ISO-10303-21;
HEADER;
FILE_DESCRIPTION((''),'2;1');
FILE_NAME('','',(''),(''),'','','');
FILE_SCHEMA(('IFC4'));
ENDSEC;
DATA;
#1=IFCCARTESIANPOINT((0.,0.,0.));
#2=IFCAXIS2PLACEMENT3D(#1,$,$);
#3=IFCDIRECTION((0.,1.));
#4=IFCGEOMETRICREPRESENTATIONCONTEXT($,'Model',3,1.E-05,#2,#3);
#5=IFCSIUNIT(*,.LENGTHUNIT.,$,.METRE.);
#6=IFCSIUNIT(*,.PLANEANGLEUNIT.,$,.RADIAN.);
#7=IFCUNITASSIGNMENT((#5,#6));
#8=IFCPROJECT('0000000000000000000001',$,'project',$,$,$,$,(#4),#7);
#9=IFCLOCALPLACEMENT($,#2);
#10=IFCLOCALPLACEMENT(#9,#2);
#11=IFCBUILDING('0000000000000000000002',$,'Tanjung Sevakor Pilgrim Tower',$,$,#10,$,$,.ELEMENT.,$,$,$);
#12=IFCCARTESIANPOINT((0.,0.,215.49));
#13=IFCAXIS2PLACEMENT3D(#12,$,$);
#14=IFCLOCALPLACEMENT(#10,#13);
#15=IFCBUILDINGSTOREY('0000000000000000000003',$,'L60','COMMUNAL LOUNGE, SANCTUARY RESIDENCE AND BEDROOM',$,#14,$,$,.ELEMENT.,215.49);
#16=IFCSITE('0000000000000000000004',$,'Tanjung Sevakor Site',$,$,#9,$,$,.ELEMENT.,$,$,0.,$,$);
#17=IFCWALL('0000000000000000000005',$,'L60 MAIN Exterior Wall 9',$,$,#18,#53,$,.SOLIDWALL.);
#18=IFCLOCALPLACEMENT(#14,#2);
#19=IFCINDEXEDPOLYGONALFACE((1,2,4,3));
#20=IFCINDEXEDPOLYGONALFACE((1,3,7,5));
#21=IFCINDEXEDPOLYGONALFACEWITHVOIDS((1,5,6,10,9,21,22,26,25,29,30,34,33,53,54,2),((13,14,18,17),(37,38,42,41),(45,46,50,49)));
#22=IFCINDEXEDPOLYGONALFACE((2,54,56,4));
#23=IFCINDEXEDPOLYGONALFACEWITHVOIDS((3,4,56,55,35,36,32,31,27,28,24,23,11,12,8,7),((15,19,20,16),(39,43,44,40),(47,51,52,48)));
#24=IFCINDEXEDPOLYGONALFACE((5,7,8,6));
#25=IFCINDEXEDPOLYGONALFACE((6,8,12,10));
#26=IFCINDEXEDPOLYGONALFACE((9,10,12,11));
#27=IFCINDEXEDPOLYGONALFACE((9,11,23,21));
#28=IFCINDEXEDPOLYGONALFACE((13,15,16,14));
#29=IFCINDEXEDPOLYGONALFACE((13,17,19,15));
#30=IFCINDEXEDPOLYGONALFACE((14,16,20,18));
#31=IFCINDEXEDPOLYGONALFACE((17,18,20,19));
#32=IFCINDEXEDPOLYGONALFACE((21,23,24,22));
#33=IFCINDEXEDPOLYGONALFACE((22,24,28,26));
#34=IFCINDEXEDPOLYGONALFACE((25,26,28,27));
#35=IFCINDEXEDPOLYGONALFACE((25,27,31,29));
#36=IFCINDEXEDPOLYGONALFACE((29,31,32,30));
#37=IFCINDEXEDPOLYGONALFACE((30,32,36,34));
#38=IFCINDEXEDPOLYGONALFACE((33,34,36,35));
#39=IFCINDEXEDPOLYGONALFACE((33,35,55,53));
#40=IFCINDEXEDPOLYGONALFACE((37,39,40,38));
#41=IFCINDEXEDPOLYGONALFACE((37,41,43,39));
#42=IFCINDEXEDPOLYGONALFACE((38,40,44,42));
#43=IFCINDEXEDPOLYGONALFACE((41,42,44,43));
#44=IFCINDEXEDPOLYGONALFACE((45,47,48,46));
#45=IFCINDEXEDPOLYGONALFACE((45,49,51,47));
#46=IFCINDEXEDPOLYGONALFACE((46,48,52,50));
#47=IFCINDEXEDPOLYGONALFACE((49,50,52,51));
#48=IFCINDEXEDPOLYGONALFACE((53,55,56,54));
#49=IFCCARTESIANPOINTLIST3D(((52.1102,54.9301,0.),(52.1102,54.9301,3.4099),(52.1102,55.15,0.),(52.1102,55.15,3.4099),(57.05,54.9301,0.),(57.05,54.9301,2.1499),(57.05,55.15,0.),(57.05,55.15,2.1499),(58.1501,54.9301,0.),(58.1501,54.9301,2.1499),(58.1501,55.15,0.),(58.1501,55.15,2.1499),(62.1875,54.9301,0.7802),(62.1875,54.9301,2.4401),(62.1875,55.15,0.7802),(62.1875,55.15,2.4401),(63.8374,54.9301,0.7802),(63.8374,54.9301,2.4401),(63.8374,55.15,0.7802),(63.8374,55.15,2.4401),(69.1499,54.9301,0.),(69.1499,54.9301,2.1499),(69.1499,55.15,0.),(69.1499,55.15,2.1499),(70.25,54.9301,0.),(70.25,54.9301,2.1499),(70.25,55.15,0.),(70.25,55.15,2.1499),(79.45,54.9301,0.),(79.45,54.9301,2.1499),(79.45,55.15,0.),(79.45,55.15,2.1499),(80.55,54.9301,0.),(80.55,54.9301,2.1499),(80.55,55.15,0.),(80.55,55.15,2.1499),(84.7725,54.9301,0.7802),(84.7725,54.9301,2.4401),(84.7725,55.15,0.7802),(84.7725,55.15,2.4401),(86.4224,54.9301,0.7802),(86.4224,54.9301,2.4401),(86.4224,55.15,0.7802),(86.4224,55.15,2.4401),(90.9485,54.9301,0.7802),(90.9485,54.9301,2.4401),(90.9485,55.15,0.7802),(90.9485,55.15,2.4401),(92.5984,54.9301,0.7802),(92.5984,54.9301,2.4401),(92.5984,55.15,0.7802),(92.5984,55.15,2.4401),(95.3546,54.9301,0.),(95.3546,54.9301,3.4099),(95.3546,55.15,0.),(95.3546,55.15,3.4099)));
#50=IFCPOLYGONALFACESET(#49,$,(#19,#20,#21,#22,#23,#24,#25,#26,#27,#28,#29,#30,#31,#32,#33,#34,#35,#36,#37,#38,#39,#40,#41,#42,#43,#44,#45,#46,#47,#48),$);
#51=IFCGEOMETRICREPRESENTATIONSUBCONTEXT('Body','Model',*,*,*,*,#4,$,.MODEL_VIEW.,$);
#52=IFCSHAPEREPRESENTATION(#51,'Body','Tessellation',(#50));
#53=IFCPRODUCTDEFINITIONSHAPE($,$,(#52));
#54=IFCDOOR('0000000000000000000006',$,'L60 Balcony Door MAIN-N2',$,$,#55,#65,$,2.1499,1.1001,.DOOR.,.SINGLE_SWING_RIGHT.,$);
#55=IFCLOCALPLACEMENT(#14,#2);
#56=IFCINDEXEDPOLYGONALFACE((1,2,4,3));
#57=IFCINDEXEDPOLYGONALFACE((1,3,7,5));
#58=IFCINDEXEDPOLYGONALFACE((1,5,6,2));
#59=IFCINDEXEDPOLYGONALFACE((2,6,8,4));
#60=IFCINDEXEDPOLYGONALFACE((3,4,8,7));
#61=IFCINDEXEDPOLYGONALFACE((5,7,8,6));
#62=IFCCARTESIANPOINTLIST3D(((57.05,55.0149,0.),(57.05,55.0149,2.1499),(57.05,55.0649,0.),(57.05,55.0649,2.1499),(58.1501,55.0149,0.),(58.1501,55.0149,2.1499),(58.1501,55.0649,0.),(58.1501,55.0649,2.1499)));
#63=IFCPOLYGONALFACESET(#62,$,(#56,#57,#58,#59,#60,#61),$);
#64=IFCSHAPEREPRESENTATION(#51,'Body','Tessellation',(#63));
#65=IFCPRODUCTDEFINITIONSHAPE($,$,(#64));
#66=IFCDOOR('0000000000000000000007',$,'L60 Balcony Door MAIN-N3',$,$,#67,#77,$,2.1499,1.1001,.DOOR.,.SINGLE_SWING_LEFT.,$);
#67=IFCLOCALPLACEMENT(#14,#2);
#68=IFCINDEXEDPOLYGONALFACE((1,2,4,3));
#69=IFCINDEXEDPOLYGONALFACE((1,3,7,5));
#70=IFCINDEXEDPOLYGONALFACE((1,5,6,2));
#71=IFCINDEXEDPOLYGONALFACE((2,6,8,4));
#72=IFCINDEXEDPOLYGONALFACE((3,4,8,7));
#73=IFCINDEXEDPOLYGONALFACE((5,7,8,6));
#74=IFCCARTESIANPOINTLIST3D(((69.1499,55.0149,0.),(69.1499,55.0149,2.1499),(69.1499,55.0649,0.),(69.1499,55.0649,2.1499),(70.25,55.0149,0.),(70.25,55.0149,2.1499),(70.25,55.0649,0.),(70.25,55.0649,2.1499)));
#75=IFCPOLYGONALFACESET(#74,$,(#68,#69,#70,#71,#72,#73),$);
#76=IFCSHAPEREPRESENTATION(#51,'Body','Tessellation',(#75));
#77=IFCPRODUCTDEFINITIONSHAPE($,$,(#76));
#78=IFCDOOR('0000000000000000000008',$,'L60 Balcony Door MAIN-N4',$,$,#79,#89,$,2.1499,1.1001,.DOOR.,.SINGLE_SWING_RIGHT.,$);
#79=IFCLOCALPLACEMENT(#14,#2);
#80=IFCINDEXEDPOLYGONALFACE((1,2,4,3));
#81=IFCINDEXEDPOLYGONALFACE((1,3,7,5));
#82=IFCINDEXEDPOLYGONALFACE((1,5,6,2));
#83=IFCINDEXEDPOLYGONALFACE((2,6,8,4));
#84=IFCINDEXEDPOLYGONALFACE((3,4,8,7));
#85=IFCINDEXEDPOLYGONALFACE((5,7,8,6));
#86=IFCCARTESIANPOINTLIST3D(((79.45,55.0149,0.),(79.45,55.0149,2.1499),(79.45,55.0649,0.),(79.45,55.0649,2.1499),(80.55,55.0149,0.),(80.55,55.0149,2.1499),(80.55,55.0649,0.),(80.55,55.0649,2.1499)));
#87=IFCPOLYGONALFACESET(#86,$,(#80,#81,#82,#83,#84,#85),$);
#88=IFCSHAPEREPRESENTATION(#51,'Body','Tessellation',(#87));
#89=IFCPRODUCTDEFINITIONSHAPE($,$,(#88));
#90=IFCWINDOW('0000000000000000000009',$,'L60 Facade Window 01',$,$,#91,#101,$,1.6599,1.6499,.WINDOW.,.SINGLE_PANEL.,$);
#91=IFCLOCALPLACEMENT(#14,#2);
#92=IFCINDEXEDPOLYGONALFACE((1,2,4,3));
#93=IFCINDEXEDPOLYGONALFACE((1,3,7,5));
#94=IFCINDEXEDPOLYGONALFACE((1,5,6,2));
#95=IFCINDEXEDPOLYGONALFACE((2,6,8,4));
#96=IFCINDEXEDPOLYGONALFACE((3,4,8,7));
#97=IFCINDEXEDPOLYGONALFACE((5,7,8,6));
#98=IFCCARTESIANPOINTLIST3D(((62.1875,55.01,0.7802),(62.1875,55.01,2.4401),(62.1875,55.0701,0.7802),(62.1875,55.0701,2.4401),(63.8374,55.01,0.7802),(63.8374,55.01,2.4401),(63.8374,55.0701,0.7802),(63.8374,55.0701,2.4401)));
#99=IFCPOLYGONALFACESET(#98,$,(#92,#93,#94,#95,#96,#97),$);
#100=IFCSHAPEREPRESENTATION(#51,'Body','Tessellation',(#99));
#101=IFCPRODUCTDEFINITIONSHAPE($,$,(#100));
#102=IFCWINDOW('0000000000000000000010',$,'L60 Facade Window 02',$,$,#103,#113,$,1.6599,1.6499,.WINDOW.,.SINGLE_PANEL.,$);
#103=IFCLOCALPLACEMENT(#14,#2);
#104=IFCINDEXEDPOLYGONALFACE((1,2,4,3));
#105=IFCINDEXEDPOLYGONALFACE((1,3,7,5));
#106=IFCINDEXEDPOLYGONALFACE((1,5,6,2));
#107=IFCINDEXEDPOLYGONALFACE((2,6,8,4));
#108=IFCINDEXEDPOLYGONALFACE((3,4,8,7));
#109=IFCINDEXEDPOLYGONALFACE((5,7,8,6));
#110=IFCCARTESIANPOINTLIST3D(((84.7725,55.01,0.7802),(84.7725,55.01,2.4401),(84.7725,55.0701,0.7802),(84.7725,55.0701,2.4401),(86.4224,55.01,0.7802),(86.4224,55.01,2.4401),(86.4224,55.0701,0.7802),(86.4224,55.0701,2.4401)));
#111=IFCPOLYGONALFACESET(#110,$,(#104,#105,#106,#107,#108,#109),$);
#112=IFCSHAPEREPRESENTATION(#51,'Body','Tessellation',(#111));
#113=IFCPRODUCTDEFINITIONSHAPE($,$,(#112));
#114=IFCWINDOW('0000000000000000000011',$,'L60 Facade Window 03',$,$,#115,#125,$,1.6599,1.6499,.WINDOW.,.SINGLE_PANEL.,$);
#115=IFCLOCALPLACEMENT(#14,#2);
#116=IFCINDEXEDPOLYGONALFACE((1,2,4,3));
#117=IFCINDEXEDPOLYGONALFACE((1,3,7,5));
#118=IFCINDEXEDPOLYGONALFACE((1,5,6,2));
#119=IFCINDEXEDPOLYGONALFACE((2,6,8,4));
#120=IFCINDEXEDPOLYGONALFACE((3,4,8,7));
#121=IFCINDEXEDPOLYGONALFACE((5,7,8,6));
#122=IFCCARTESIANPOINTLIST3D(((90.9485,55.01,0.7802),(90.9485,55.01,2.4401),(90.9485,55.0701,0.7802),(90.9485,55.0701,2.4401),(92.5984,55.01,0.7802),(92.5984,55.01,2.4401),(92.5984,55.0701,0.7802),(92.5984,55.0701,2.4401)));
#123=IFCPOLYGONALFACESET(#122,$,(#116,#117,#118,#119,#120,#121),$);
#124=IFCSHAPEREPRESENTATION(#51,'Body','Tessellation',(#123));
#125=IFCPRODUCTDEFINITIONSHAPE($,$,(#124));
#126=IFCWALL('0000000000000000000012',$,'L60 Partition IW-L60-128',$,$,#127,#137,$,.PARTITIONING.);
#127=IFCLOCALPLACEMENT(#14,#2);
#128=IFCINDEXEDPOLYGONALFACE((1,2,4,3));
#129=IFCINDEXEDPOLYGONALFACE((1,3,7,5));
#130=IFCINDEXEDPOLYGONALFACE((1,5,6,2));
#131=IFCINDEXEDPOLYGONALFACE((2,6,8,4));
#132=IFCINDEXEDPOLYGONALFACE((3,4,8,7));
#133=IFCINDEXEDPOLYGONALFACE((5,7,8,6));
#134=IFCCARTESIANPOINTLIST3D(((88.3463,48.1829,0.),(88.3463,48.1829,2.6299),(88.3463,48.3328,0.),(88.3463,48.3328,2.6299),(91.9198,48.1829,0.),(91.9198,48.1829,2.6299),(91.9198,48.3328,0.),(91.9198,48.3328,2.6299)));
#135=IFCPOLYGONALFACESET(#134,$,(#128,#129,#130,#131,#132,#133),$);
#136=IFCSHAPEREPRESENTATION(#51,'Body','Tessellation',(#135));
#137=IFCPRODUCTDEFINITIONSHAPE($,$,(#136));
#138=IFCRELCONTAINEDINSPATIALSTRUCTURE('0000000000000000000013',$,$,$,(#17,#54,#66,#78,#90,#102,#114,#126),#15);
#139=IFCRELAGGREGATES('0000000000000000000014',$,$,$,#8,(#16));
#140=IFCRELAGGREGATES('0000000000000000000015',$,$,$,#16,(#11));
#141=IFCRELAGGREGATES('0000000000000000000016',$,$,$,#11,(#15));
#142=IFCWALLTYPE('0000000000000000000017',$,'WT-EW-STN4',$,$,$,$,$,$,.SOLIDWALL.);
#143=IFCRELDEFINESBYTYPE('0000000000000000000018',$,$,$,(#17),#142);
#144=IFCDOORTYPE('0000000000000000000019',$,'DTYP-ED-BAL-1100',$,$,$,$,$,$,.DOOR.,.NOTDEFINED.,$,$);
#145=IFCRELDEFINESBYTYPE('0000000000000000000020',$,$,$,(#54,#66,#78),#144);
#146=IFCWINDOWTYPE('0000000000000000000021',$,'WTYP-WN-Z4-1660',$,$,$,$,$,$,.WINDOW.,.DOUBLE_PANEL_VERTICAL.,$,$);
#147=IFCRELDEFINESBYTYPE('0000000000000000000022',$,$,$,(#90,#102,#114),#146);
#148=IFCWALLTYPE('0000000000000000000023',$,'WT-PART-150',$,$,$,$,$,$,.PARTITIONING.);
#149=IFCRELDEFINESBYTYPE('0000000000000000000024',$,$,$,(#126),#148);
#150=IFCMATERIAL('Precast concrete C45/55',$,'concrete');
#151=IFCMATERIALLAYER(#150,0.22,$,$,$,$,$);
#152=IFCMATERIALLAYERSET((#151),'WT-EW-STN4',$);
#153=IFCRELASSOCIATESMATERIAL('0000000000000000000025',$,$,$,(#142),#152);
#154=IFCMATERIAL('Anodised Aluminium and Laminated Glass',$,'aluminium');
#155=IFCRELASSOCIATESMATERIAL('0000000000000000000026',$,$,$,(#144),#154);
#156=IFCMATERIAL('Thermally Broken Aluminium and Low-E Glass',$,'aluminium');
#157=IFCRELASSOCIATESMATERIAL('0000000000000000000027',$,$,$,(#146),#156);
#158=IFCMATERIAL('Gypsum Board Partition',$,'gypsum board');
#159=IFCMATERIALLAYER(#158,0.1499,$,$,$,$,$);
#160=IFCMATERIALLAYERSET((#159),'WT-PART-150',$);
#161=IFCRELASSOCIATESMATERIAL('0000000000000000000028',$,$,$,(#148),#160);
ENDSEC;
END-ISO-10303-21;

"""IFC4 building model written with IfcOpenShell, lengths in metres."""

from ifc_helpers import new_model, si_unit, direction, frame, frame_2d, origin, place, context, subcontext, project, spatial, rectangle, extrude, material, layer, layer_set, type_object, element, fill, save


model = new_model("IFC4")

# Units and contexts
model_context = context("Model", 3, precision=1e-05, world=origin(), true_north=direction((0.0, 1.0)))
body_context = subcontext(model_context, "Body", "Model", "MODEL_VIEW")
ifc_project = project(units=[si_unit("LENGTHUNIT", "METRE"), si_unit("PLANEANGLEUNIT", "RADIAN")], contexts=[model_context])

# Site, building, storey
site_placement = place(None, origin())
site = spatial("IfcSite", under=ifc_project, at=site_placement, Name="Tanjung Sevakor Site", CompositionType="ELEMENT", RefElevation=0.0)
building_placement = place(site_placement, origin())
building = spatial("IfcBuilding", under=site, at=building_placement, Name="Tanjung Sevakor Pilgrim Tower", CompositionType="ELEMENT")
storey_placement = place(building_placement, frame((0.0, 0.0, 215.49)))
storey = spatial("IfcBuildingStorey", under=building, at=storey_placement, Name="L60", Description="COMMUNAL LOUNGE, SANCTUARY RESIDENCE AND BEDROOM", CompositionType="ELEMENT", Elevation=215.49)

# Shared definitions
ifc_material_1 = material(Name="Precast concrete C45/55", Category="concrete")
ifc_layer_1 = layer(ifc_material_1, 0.22)
ifc_layer_set_1 = layer_set([ifc_layer_1], Name="WT-EW-STN4")
wall_type_1 = type_object("IfcWallType", Name="WT-EW-STN4", PredefinedType="SOLIDWALL", material=ifc_layer_set_1)

# Wall, openings, doors, windows
wall_1_placement = place(storey_placement, frame((95.3545, 55.04, 0.0), z_axis=(0.0, 0.0, 1.0), x_axis=(-1.0, 0.0, 0.0)))
wall_1 = element("IfcWall", 1, at=wall_1_placement, inside=storey, type_object=wall_type_1, Name="L60 MAIN Exterior Wall 9", PredefinedType="SOLIDWALL", context=body_context, shape_type="SweptSolid", body=[
    extrude(rectangle(XDim=43.2444, YDim=0.22, at=frame_2d((21.6221, 0.0))), origin(), (0.0, 0.0, 1.0), 3.4099),
])
opening_1_placement = place(wall_1_placement, frame((37.2043, 0.0, 0.0)))
opening_1 = element("IfcOpeningElement", 2, at=opening_1_placement, cuts=wall_1, PredefinedType="OPENING", context=body_context, shape_type="SweptSolid", body=[
    extrude(rectangle(XDim=1.1001, YDim=2.1499, at=frame_2d((0.55, 1.075))), frame((0.0, 0.1199, 0.0), z_axis=(0.0, -1.0, 0.0), x_axis=(1.0, 0.0, 0.0)), (0.0, 0.0, 1.0), 0.24),
])
opening_2_placement = place(wall_1_placement, frame((25.1045, 0.0, 0.0)))
opening_2 = element("IfcOpeningElement", 3, at=opening_2_placement, cuts=wall_1, PredefinedType="OPENING", context=body_context, shape_type="SweptSolid", body=[
    extrude(rectangle(XDim=1.1001, YDim=2.1499, at=frame_2d((0.55, 1.075))), frame((0.0, 0.1199, 0.0), z_axis=(0.0, -1.0, 0.0), x_axis=(1.0, 0.0, 0.0)), (0.0, 0.0, 1.0), 0.24),
])
opening_3_placement = place(wall_1_placement, frame((14.8044, 0.0, 0.0)))
opening_3 = element("IfcOpeningElement", 4, at=opening_3_placement, cuts=wall_1, PredefinedType="OPENING", context=body_context, shape_type="SweptSolid", body=[
    extrude(rectangle(XDim=1.1001, YDim=2.1499, at=frame_2d((0.55, 1.075))), frame((0.0, 0.1199, 0.0), z_axis=(0.0, -1.0, 0.0), x_axis=(1.0, 0.0, 0.0)), (0.0, 0.0, 1.0), 0.24),
])
opening_4_placement = place(wall_1_placement, frame((31.5171, 0.0, 0.78)))
opening_4 = element("IfcOpeningElement", 5, at=opening_4_placement, cuts=wall_1, PredefinedType="OPENING", context=body_context, shape_type="SweptSolid", body=[
    extrude(rectangle(XDim=1.6499, YDim=1.6599, at=frame_2d((0.825, 0.8301))), frame((0.0, 0.1199, 0.0), z_axis=(0.0, -1.0, 0.0), x_axis=(1.0, 0.0, 0.0)), (0.0, 0.0, 1.0), 0.24),
])
opening_5_placement = place(wall_1_placement, frame((8.9321, 0.0, 0.78)))
opening_5 = element("IfcOpeningElement", 6, at=opening_5_placement, cuts=wall_1, PredefinedType="OPENING", context=body_context, shape_type="SweptSolid", body=[
    extrude(rectangle(XDim=1.6499, YDim=1.6599, at=frame_2d((0.825, 0.8301))), frame((0.0, 0.1199, 0.0), z_axis=(0.0, -1.0, 0.0), x_axis=(1.0, 0.0, 0.0)), (0.0, 0.0, 1.0), 0.24),
])
opening_6_placement = place(wall_1_placement, frame((2.7561, 0.0, 0.78)))
opening_6 = element("IfcOpeningElement", 7, at=opening_6_placement, cuts=wall_1, PredefinedType="OPENING", context=body_context, shape_type="SweptSolid", body=[
    extrude(rectangle(XDim=1.6499, YDim=1.6599, at=frame_2d((0.825, 0.8301))), frame((0.0, 0.1199, 0.0), z_axis=(0.0, -1.0, 0.0), x_axis=(1.0, 0.0, 0.0)), (0.0, 0.0, 1.0), 0.24),
])
ifc_material_2 = material(Name="Anodised Aluminium and Laminated Glass", Category="aluminium")
door_type_1 = type_object("IfcDoorType", Name="DTYP-ED-BAL-1100", OperationType="NOTDEFINED", PredefinedType="DOOR", material=ifc_material_2)
door_1_placement = place(opening_1_placement, frame((1.1001, 0.0, 0.0), z_axis=(0.0, 0.0, 1.0), x_axis=(-1.0, 0.0, 0.0)))
door_1 = element("IfcDoor", 8, at=door_1_placement, inside=storey, type_object=door_type_1, Name="L60 Balcony Door MAIN-N2", OperationType="SINGLE_SWING_RIGHT", OverallHeight=2.1499, OverallWidth=1.1001, PredefinedType="DOOR", context=body_context, shape_type="SweptSolid", body=[
    extrude(rectangle(XDim=1.1001, YDim=2.1499, at=frame_2d((0.55, 1.075))), frame((0.0, 0.0249, 0.0), z_axis=(0.0, -1.0, 0.0), x_axis=(1.0, 0.0, 0.0)), (0.0, 0.0, 1.0), 0.05),
])
fill(opening_1, door_1)
door_2_placement = place(opening_2_placement, frame((1.1001, 0.0, 0.0), z_axis=(0.0, 0.0, 1.0), x_axis=(-1.0, 0.0, 0.0)))
door_2 = element("IfcDoor", 9, at=door_2_placement, inside=storey, type_object=door_type_1, Name="L60 Balcony Door MAIN-N3", OperationType="SINGLE_SWING_LEFT", OverallHeight=2.1499, OverallWidth=1.1001, PredefinedType="DOOR", context=body_context, shape_type="SweptSolid", body=[
    extrude(rectangle(XDim=1.1001, YDim=2.1499, at=frame_2d((0.55, 1.075))), frame((0.0, 0.0249, 0.0), z_axis=(0.0, -1.0, 0.0), x_axis=(1.0, 0.0, 0.0)), (0.0, 0.0, 1.0), 0.05),
])
fill(opening_2, door_2)
door_3_placement = place(opening_3_placement, frame((1.1001, 0.0, 0.0), z_axis=(0.0, 0.0, 1.0), x_axis=(-1.0, 0.0, 0.0)))
door_3 = element("IfcDoor", 10, at=door_3_placement, inside=storey, type_object=door_type_1, Name="L60 Balcony Door MAIN-N4", OperationType="SINGLE_SWING_RIGHT", OverallHeight=2.1499, OverallWidth=1.1001, PredefinedType="DOOR", context=body_context, shape_type="SweptSolid", body=[
    extrude(rectangle(XDim=1.1001, YDim=2.1499, at=frame_2d((0.55, 1.075))), frame((0.0, 0.0249, 0.0), z_axis=(0.0, -1.0, 0.0), x_axis=(1.0, 0.0, 0.0)), (0.0, 0.0, 1.0), 0.05),
])
fill(opening_3, door_3)
ifc_material_3 = material(Name="Thermally Broken Aluminium and Low-E Glass", Category="aluminium")
window_type_1 = type_object("IfcWindowType", Name="WTYP-WN-Z4-1660", PartitioningType="DOUBLE_PANEL_VERTICAL", PredefinedType="WINDOW", material=ifc_material_3)
window_1_placement = place(opening_4_placement, origin())
window_1 = element("IfcWindow", 11, at=window_1_placement, inside=storey, type_object=window_type_1, Name="L60 Facade Window 01", OverallHeight=1.6599, OverallWidth=1.6499, PartitioningType="SINGLE_PANEL", PredefinedType="WINDOW", context=body_context, shape_type="SweptSolid", body=[
    extrude(rectangle(XDim=1.6499, YDim=1.6599, at=frame_2d((0.825, 0.8301))), frame((0.0, 0.03, 0.0), z_axis=(0.0, -1.0, 0.0), x_axis=(1.0, 0.0, 0.0)), (0.0, 0.0, 1.0), 0.0601),
])
fill(opening_4, window_1)
window_2_placement = place(opening_5_placement, origin())
window_2 = element("IfcWindow", 12, at=window_2_placement, inside=storey, type_object=window_type_1, Name="L60 Facade Window 02", OverallHeight=1.6599, OverallWidth=1.6499, PartitioningType="SINGLE_PANEL", PredefinedType="WINDOW", context=body_context, shape_type="SweptSolid", body=[
    extrude(rectangle(XDim=1.6499, YDim=1.6599, at=frame_2d((0.825, 0.8301))), frame((0.0, 0.03, 0.0), z_axis=(0.0, -1.0, 0.0), x_axis=(1.0, 0.0, 0.0)), (0.0, 0.0, 1.0), 0.0601),
])
fill(opening_5, window_2)
window_3_placement = place(opening_6_placement, origin())
window_3 = element("IfcWindow", 13, at=window_3_placement, inside=storey, type_object=window_type_1, Name="L60 Facade Window 03", OverallHeight=1.6599, OverallWidth=1.6499, PartitioningType="SINGLE_PANEL", PredefinedType="WINDOW", context=body_context, shape_type="SweptSolid", body=[
    extrude(rectangle(XDim=1.6499, YDim=1.6599, at=frame_2d((0.825, 0.8301))), frame((0.0, 0.03, 0.0), z_axis=(0.0, -1.0, 0.0), x_axis=(1.0, 0.0, 0.0)), (0.0, 0.0, 1.0), 0.0601),
])
fill(opening_6, window_3)

# Wall
ifc_material_4 = material(Name="Gypsum Board Partition", Category="gypsum board")
ifc_layer_2 = layer(ifc_material_4, 0.1499)
ifc_layer_set_2 = layer_set([ifc_layer_2], Name="WT-PART-150")
wall_type_2 = type_object("IfcWallType", Name="WT-PART-150", PredefinedType="PARTITIONING", material=ifc_layer_set_2)
wall_2_placement = place(storey_placement, frame((88.3464, 48.2578, 0.0), z_axis=(0.0, 0.0, 1.0), x_axis=(1.0, 0.0, 0.0)))
element("IfcWall", 14, at=wall_2_placement, inside=storey, type_object=wall_type_2, Name="L60 Partition IW-L60-128", PredefinedType="PARTITIONING", context=body_context, shape_type="SweptSolid", body=[
    extrude(rectangle(XDim=3.5735, YDim=0.1499, at=frame_2d((1.7866, 0.0))), origin(), (0.0, 0.0, 1.0), 2.6299),
])

save(model, "model.ifc")
